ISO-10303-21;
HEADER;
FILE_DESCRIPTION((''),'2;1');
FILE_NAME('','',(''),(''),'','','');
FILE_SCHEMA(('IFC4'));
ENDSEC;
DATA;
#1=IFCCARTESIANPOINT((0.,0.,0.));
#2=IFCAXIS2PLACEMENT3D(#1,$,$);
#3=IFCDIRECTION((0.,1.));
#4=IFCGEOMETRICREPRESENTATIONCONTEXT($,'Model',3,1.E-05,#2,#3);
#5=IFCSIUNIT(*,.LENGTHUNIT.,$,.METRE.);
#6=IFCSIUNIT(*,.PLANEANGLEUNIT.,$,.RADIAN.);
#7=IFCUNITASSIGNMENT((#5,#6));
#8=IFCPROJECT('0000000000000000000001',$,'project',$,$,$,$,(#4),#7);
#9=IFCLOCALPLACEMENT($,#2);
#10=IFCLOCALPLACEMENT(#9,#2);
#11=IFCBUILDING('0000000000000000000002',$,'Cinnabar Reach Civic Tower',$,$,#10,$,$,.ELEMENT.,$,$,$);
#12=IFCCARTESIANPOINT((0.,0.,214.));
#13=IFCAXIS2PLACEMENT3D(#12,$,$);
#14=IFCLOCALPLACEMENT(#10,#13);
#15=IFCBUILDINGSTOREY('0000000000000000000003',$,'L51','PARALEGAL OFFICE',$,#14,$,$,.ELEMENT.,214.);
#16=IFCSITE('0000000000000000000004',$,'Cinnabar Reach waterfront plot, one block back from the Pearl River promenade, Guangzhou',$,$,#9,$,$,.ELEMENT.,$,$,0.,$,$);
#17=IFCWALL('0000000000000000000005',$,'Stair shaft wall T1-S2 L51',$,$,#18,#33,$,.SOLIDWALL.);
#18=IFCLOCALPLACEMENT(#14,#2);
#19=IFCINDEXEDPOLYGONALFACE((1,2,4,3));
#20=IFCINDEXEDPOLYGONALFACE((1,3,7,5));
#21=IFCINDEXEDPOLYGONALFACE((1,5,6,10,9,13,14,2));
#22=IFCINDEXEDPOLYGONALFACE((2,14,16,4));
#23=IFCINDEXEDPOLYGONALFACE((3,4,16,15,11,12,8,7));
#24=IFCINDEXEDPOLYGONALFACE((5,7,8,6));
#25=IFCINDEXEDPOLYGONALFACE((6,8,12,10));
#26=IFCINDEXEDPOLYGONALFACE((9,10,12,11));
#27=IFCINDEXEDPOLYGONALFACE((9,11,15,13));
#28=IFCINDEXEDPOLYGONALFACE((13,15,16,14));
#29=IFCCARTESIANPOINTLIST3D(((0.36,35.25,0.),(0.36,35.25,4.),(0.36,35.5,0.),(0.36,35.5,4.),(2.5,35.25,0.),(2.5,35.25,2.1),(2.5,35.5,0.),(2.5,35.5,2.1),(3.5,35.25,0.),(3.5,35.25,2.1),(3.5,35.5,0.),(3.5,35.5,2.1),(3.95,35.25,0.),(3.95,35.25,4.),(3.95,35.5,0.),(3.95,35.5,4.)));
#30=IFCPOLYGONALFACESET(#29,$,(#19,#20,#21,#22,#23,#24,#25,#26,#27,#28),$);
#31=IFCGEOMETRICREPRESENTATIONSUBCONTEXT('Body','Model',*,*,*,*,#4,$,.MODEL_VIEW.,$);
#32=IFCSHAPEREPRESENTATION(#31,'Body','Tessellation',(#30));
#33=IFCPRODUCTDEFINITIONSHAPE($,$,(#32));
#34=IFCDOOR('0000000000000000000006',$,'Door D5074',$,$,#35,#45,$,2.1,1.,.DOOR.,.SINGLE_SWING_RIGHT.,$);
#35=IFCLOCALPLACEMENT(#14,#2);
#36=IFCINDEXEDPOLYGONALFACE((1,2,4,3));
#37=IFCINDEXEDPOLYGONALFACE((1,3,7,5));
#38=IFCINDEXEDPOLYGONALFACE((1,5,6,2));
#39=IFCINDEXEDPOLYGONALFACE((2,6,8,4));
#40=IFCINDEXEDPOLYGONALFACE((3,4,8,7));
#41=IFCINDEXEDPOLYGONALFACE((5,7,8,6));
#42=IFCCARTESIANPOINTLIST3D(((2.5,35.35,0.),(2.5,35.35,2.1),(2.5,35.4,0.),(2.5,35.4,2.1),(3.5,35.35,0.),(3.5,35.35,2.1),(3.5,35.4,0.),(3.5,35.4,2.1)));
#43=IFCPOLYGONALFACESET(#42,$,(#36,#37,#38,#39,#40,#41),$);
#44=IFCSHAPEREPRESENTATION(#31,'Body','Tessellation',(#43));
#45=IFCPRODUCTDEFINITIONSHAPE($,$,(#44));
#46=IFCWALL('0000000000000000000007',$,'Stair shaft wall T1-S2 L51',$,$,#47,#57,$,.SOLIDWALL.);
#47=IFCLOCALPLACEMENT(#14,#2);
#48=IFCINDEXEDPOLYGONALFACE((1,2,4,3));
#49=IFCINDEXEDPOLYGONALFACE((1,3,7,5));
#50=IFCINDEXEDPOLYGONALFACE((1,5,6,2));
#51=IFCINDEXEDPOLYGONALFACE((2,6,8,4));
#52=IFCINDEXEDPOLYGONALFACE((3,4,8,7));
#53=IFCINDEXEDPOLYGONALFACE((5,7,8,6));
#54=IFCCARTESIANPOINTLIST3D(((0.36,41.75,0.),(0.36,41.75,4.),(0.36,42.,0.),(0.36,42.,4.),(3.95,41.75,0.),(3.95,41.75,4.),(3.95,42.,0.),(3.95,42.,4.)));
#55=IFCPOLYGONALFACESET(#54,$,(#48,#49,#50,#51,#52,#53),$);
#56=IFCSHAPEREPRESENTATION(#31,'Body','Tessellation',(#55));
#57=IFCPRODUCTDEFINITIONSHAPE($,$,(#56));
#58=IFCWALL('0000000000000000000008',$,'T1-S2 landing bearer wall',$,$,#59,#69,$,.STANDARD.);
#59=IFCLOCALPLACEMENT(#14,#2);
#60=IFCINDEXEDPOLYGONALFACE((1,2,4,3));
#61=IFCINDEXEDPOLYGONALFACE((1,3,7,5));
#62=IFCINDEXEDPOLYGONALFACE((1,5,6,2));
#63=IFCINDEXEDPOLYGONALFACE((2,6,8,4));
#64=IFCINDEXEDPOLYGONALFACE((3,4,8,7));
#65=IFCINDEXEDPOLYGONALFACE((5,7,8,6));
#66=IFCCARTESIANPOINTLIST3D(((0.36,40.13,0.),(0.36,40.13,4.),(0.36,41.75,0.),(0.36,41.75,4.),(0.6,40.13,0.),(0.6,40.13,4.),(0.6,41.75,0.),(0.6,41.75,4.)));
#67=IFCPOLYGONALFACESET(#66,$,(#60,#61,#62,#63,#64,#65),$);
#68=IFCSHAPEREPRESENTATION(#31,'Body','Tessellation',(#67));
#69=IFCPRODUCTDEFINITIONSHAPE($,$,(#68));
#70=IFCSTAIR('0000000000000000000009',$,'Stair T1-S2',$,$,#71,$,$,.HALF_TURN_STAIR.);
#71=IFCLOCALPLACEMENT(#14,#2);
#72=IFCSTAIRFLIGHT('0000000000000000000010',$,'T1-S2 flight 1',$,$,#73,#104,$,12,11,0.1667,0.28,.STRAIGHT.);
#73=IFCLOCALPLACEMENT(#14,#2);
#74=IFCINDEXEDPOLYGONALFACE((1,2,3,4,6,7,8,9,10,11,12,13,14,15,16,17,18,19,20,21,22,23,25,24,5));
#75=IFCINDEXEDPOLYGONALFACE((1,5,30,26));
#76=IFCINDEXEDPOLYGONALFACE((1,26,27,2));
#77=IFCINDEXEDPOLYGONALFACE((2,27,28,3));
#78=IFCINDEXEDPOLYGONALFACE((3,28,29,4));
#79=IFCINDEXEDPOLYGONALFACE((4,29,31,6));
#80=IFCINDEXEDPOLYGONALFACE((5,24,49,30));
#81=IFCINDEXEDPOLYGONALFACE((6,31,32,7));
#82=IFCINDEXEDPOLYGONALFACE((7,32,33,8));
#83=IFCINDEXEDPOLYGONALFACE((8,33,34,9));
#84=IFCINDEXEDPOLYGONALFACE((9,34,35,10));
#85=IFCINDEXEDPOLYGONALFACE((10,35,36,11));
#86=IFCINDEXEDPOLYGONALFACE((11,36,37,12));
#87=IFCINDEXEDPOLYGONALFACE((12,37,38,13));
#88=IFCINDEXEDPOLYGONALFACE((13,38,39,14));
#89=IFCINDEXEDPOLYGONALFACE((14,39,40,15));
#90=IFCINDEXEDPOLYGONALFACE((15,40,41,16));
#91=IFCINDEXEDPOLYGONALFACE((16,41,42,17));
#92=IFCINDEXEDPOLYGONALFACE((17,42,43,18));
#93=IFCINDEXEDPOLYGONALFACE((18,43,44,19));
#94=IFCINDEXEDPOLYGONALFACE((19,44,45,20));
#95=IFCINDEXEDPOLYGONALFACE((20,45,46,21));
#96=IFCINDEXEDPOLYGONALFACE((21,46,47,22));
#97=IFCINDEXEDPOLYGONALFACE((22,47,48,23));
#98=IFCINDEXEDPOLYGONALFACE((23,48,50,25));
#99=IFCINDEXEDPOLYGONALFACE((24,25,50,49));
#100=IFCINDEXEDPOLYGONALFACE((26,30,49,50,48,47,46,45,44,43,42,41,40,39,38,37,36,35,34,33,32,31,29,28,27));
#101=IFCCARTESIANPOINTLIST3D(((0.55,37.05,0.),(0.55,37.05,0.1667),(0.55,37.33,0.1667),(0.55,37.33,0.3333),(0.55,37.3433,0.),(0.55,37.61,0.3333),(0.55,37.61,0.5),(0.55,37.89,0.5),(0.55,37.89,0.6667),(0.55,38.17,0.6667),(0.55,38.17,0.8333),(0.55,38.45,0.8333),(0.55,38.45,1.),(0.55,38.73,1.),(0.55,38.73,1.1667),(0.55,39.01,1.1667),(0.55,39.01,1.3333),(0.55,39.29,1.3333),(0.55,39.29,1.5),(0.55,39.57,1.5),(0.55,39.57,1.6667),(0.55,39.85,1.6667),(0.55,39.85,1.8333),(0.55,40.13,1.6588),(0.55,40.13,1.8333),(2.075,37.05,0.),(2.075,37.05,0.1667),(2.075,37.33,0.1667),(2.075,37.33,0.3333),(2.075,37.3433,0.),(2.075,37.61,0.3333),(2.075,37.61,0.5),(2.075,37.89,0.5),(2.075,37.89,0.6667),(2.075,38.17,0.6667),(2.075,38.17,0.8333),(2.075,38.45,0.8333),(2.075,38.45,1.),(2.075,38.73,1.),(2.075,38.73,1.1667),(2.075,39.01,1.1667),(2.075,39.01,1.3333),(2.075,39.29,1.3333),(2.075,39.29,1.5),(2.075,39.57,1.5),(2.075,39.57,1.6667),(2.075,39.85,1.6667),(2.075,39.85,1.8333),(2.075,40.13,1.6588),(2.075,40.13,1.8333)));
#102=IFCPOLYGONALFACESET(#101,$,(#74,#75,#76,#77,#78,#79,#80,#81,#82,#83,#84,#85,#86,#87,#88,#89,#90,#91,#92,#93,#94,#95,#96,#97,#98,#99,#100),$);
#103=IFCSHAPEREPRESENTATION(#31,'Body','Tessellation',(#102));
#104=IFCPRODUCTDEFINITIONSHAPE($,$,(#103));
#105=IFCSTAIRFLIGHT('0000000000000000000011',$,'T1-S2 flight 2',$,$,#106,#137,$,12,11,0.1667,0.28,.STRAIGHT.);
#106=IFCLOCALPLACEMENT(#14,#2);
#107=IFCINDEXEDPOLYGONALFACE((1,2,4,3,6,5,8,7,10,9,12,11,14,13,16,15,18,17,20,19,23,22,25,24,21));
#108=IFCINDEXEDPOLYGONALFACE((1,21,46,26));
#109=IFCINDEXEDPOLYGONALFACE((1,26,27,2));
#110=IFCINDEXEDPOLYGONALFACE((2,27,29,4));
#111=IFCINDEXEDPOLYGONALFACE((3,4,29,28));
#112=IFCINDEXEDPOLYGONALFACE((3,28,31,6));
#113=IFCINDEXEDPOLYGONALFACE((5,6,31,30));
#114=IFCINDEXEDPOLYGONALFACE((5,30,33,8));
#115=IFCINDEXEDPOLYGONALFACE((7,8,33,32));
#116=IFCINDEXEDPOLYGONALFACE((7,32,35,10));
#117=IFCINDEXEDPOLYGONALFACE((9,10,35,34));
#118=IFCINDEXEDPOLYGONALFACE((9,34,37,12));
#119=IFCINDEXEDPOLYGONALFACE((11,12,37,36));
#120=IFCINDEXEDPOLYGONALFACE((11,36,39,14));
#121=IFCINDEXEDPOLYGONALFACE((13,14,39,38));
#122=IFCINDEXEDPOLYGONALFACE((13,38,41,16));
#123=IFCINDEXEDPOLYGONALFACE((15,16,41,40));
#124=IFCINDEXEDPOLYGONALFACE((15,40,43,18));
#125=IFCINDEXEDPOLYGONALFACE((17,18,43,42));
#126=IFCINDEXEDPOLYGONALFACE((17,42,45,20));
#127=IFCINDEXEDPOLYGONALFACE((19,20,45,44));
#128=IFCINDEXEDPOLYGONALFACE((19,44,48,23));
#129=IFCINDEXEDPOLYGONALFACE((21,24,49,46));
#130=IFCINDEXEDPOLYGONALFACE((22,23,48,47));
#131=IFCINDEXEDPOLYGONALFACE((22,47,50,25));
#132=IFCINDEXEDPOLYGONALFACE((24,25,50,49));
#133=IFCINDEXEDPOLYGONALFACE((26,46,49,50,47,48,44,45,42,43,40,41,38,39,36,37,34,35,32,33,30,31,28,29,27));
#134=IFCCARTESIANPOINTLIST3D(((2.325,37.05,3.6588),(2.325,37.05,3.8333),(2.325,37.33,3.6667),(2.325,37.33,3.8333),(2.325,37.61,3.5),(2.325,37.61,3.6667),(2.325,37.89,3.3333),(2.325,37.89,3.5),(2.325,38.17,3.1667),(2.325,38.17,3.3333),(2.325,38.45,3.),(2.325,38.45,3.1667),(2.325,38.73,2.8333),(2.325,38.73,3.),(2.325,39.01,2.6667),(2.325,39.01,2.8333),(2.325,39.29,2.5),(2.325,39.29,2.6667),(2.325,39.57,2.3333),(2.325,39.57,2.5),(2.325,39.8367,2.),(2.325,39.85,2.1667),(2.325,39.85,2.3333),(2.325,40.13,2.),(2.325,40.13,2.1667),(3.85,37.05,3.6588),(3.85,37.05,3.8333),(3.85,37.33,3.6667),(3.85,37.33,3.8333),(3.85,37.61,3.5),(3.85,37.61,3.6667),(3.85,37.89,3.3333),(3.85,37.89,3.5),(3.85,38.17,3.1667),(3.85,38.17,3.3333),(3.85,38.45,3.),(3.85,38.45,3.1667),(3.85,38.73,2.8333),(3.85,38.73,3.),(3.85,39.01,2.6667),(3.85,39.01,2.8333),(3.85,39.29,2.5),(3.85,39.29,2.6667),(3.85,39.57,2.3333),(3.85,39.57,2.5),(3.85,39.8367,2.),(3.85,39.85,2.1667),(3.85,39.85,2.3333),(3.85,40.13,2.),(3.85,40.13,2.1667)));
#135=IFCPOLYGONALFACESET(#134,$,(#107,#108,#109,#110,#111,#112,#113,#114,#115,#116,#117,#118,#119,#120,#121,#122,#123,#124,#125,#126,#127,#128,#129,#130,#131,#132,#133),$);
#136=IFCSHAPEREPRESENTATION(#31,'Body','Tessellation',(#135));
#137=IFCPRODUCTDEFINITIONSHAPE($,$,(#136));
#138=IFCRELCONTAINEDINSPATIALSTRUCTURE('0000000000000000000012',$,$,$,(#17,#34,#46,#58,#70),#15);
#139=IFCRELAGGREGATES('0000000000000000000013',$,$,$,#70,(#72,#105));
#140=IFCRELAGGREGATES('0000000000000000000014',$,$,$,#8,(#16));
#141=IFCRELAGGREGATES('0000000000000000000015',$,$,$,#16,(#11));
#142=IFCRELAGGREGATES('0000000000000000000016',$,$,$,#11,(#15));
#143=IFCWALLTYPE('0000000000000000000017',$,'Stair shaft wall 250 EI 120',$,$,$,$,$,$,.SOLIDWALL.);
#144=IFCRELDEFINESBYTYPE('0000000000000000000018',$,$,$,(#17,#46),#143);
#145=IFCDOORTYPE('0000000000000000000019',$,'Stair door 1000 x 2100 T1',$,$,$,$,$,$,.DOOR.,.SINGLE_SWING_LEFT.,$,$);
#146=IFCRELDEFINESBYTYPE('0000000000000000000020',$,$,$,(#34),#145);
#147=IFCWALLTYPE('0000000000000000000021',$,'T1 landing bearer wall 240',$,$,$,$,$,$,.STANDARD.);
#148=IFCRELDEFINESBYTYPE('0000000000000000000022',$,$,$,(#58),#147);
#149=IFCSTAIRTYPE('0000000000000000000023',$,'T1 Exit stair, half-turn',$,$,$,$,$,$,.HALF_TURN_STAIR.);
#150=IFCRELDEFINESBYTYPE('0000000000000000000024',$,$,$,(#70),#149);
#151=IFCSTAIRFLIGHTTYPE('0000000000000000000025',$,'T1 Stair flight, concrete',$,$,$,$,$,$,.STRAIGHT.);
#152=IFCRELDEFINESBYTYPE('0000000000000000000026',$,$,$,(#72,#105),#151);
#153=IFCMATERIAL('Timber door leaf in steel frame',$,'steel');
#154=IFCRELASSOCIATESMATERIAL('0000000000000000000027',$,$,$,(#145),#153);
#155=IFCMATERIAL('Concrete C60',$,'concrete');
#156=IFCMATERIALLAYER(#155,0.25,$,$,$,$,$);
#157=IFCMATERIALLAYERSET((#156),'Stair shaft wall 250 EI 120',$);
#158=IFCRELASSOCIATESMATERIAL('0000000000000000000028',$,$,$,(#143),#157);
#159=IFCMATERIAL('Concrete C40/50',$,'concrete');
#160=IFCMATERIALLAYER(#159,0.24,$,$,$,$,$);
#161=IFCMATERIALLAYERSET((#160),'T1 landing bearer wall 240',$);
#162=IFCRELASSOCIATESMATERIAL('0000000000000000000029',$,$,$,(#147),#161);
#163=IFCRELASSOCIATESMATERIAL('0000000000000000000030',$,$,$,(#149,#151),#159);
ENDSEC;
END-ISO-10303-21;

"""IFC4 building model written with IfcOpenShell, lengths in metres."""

from ifc_helpers import new_model, si_unit, direction, frame, frame_2d, origin, place, context, subcontext, project, spatial, polyline, rectangle, outline, extrude, material, layer, layer_set, type_object, element, fill, aggregate, save


model = new_model("IFC4")

# Units and contexts
model_context = context("Model", 3, precision=1e-05, world=origin(), true_north=direction((0.0, 1.0)))
body_context = subcontext(model_context, "Body", "Model", "MODEL_VIEW")
ifc_project = project(units=[si_unit("LENGTHUNIT", "METRE"), si_unit("PLANEANGLEUNIT", "RADIAN")], contexts=[model_context])

# Site, building, storey
site_placement = place(None, origin())
site = spatial("IfcSite", under=ifc_project, at=site_placement, Name="Cinnabar Reach waterfront plot, one block back from the Pearl River promenade, Guangzhou", CompositionType="ELEMENT", RefElevation=0.0)
building_placement = place(site_placement, origin())
building = spatial("IfcBuilding", under=site, at=building_placement, Name="Cinnabar Reach Civic Tower", CompositionType="ELEMENT")
storey_placement = place(building_placement, frame((0.0, 0.0, 214.0)))
storey = spatial("IfcBuildingStorey", under=building, at=storey_placement, Name="L51", Description="PARALEGAL OFFICE", CompositionType="ELEMENT", Elevation=214.0)

# Shared definitions
ifc_material_1 = material(Name="Concrete C60", Category="concrete")
ifc_material_2 = material(Name="Timber door leaf in steel frame", Category="steel")
door_type_1 = type_object("IfcDoorType", Name="Stair door 1000 x 2100 T1", OperationType="SINGLE_SWING_LEFT", PredefinedType="DOOR", material=ifc_material_2)

# Wall, opening, door
ifc_layer_1 = layer(ifc_material_1, 0.25)
ifc_layer_set_1 = layer_set([ifc_layer_1], Name="Stair shaft wall 250 EI 120")
wall_type_1 = type_object("IfcWallType", Name="Stair shaft wall 250 EI 120", PredefinedType="SOLIDWALL", material=ifc_layer_set_1)
wall_1_placement = place(storey_placement, frame((0.36, 35.375, 0.0), z_axis=(0.0, 0.0, 1.0), x_axis=(1.0, 0.0, 0.0)))
wall_1 = element("IfcWall", 1, at=wall_1_placement, inside=storey, type_object=wall_type_1, Name="Stair shaft wall T1-S2 L51", PredefinedType="SOLIDWALL", context=body_context, shape_type="SweptSolid", body=[
    extrude(rectangle(XDim=3.59, YDim=0.25, at=frame_2d((1.795, 0.0))), origin(), (0.0, 0.0, 1.0), 4.0),
])
opening_1_placement = place(wall_1_placement, frame((2.14, 0.0, 0.0)))
opening_1 = element("IfcOpeningElement", 2, at=opening_1_placement, cuts=wall_1, PredefinedType="OPENING", context=body_context, shape_type="SweptSolid", body=[
    extrude(rectangle(XDim=1.0, YDim=2.1, at=frame_2d((0.5, 1.05))), frame((0.0, 0.135, 0.0), z_axis=(0.0, -1.0, 0.0), x_axis=(1.0, 0.0, 0.0)), (0.0, 0.0, 1.0), 0.27),
])
door_1_placement = place(opening_1_placement, origin())
door_1 = element("IfcDoor", 3, at=door_1_placement, inside=storey, type_object=door_type_1, Name="Door D5074", OperationType="SINGLE_SWING_RIGHT", OverallHeight=2.1, OverallWidth=1.0, PredefinedType="DOOR", context=body_context, shape_type="SweptSolid", body=[
    extrude(rectangle(XDim=1.0, YDim=2.1, at=frame_2d((0.5, 1.05))), frame((0.0, 0.025, 0.0), z_axis=(0.0, -1.0, 0.0), x_axis=(1.0, 0.0, 0.0)), (0.0, 0.0, 1.0), 0.05),
])
fill(opening_1, door_1)

# Walls
wall_2_placement = place(storey_placement, frame((3.95, 41.875, 0.0), z_axis=(0.0, 0.0, 1.0), x_axis=(-1.0, 0.0, 0.0)))
element("IfcWall", 4, at=wall_2_placement, inside=storey, type_object=wall_type_1, Name="Stair shaft wall T1-S2 L51", PredefinedType="SOLIDWALL", context=body_context, shape_type="SweptSolid", body=[
    extrude(rectangle(XDim=3.59, YDim=0.25, at=frame_2d((1.795, 0.0))), origin(), (0.0, 0.0, 1.0), 4.0),
])
ifc_material_3 = material(Name="Concrete C40/50", Category="concrete")
ifc_layer_2 = layer(ifc_material_3, 0.24)
ifc_layer_set_2 = layer_set([ifc_layer_2], Name="T1 landing bearer wall 240")
wall_type_2 = type_object("IfcWallType", Name="T1 landing bearer wall 240", PredefinedType="STANDARD", material=ifc_layer_set_2)
wall_3_placement = place(storey_placement, frame((0.48, 40.13, 0.0), z_axis=(0.0, 0.0, 1.0), x_axis=(0.0, 1.0, 0.0)))
element("IfcWall", 5, at=wall_3_placement, inside=storey, type_object=wall_type_2, Name="T1-S2 landing bearer wall", PredefinedType="STANDARD", context=body_context, shape_type="SweptSolid", body=[
    extrude(rectangle(XDim=1.62, YDim=0.24, at=frame_2d((0.81, 0.0))), origin(), (0.0, 0.0, 1.0), 4.0),
])

# Stair, stair flights
stair_type = type_object("IfcStairType", Name="T1 Exit stair, half-turn", PredefinedType="HALF_TURN_STAIR", material=ifc_material_3)
stair_placement = place(storey_placement, origin())
stair = element("IfcStair", 6, at=stair_placement, inside=storey, type_object=stair_type, Name="Stair T1-S2", PredefinedType="HALF_TURN_STAIR")
stair_flight_type = type_object("IfcStairFlightType", Name="T1 Stair flight, concrete", PredefinedType="STRAIGHT", material=ifc_material_3)
stair_flight_1_placement = place(storey_placement, frame((1.3125, 37.05, 0.0), z_axis=(0.0, 0.0, 1.0), x_axis=(0.0, 1.0, 0.0)))
stair_flight_1 = element("IfcStairFlight", 7, at=stair_flight_1_placement, type_object=stair_flight_type, Name="T1-S2 flight 1", NumberOfRisers=12, NumberOfTreads=11, PredefinedType="STRAIGHT", RiserHeight=0.1667, TreadLength=0.28, context=body_context, shape_type="SweptSolid", body=[
    extrude(outline(polyline([(0.0, 0.0), (0.0, 0.1667), (0.28, 0.1667), (0.28, 0.3333), (0.56, 0.3333), (0.56, 0.5), (0.84, 0.5), (0.84, 0.6667), (1.12, 0.6667), (1.12, 0.8333), (1.4, 0.8333), (1.4, 1.0), (1.68, 1.0), (1.68, 1.1667), (1.96, 1.1667), (1.96, 1.3333), (2.24, 1.3333), (2.24, 1.5), (2.52, 1.5), (2.52, 1.6667), (2.8, 1.6667), (2.8, 1.8333), (3.08, 1.8333), (3.08, 2.0), (3.08, 1.6588), (0.2933, 0.0), (0.0, 0.0)])), frame((0.0, 0.7625, 0.0), z_axis=(0.0, -1.0, 0.0), x_axis=(1.0, 0.0, 0.0)), (0.0, 0.0, 1.0), 1.525),
])
stair_flight_2_placement = place(storey_placement, frame((3.0875, 40.13, 2.0), z_axis=(0.0, 0.0, 1.0), x_axis=(0.0, -1.0, 0.0)))
stair_flight_2 = element("IfcStairFlight", 8, at=stair_flight_2_placement, type_object=stair_flight_type, Name="T1-S2 flight 2", NumberOfRisers=12, NumberOfTreads=11, PredefinedType="STRAIGHT", RiserHeight=0.1667, TreadLength=0.28, context=body_context, shape_type="SweptSolid", body=[
    extrude(outline(polyline([(0.0, 0.0), (0.0, 0.1667), (0.28, 0.1667), (0.28, 0.3333), (0.56, 0.3333), (0.56, 0.5), (0.84, 0.5), (0.84, 0.6667), (1.12, 0.6667), (1.12, 0.8333), (1.4, 0.8333), (1.4, 1.0), (1.68, 1.0), (1.68, 1.1667), (1.96, 1.1667), (1.96, 1.3333), (2.24, 1.3333), (2.24, 1.5), (2.52, 1.5), (2.52, 1.6667), (2.8, 1.6667), (2.8, 1.8333), (3.08, 1.8333), (3.08, 2.0), (3.08, 1.6588), (0.2933, 0.0), (0.0, 0.0)])), frame((0.0, 0.7625, 0.0), z_axis=(0.0, -1.0, 0.0), x_axis=(1.0, 0.0, 0.0)), (0.0, 0.0, 1.0), 1.525),
])
aggregate(stair, [stair_flight_1, stair_flight_2])

save(model, "model.ifc")
